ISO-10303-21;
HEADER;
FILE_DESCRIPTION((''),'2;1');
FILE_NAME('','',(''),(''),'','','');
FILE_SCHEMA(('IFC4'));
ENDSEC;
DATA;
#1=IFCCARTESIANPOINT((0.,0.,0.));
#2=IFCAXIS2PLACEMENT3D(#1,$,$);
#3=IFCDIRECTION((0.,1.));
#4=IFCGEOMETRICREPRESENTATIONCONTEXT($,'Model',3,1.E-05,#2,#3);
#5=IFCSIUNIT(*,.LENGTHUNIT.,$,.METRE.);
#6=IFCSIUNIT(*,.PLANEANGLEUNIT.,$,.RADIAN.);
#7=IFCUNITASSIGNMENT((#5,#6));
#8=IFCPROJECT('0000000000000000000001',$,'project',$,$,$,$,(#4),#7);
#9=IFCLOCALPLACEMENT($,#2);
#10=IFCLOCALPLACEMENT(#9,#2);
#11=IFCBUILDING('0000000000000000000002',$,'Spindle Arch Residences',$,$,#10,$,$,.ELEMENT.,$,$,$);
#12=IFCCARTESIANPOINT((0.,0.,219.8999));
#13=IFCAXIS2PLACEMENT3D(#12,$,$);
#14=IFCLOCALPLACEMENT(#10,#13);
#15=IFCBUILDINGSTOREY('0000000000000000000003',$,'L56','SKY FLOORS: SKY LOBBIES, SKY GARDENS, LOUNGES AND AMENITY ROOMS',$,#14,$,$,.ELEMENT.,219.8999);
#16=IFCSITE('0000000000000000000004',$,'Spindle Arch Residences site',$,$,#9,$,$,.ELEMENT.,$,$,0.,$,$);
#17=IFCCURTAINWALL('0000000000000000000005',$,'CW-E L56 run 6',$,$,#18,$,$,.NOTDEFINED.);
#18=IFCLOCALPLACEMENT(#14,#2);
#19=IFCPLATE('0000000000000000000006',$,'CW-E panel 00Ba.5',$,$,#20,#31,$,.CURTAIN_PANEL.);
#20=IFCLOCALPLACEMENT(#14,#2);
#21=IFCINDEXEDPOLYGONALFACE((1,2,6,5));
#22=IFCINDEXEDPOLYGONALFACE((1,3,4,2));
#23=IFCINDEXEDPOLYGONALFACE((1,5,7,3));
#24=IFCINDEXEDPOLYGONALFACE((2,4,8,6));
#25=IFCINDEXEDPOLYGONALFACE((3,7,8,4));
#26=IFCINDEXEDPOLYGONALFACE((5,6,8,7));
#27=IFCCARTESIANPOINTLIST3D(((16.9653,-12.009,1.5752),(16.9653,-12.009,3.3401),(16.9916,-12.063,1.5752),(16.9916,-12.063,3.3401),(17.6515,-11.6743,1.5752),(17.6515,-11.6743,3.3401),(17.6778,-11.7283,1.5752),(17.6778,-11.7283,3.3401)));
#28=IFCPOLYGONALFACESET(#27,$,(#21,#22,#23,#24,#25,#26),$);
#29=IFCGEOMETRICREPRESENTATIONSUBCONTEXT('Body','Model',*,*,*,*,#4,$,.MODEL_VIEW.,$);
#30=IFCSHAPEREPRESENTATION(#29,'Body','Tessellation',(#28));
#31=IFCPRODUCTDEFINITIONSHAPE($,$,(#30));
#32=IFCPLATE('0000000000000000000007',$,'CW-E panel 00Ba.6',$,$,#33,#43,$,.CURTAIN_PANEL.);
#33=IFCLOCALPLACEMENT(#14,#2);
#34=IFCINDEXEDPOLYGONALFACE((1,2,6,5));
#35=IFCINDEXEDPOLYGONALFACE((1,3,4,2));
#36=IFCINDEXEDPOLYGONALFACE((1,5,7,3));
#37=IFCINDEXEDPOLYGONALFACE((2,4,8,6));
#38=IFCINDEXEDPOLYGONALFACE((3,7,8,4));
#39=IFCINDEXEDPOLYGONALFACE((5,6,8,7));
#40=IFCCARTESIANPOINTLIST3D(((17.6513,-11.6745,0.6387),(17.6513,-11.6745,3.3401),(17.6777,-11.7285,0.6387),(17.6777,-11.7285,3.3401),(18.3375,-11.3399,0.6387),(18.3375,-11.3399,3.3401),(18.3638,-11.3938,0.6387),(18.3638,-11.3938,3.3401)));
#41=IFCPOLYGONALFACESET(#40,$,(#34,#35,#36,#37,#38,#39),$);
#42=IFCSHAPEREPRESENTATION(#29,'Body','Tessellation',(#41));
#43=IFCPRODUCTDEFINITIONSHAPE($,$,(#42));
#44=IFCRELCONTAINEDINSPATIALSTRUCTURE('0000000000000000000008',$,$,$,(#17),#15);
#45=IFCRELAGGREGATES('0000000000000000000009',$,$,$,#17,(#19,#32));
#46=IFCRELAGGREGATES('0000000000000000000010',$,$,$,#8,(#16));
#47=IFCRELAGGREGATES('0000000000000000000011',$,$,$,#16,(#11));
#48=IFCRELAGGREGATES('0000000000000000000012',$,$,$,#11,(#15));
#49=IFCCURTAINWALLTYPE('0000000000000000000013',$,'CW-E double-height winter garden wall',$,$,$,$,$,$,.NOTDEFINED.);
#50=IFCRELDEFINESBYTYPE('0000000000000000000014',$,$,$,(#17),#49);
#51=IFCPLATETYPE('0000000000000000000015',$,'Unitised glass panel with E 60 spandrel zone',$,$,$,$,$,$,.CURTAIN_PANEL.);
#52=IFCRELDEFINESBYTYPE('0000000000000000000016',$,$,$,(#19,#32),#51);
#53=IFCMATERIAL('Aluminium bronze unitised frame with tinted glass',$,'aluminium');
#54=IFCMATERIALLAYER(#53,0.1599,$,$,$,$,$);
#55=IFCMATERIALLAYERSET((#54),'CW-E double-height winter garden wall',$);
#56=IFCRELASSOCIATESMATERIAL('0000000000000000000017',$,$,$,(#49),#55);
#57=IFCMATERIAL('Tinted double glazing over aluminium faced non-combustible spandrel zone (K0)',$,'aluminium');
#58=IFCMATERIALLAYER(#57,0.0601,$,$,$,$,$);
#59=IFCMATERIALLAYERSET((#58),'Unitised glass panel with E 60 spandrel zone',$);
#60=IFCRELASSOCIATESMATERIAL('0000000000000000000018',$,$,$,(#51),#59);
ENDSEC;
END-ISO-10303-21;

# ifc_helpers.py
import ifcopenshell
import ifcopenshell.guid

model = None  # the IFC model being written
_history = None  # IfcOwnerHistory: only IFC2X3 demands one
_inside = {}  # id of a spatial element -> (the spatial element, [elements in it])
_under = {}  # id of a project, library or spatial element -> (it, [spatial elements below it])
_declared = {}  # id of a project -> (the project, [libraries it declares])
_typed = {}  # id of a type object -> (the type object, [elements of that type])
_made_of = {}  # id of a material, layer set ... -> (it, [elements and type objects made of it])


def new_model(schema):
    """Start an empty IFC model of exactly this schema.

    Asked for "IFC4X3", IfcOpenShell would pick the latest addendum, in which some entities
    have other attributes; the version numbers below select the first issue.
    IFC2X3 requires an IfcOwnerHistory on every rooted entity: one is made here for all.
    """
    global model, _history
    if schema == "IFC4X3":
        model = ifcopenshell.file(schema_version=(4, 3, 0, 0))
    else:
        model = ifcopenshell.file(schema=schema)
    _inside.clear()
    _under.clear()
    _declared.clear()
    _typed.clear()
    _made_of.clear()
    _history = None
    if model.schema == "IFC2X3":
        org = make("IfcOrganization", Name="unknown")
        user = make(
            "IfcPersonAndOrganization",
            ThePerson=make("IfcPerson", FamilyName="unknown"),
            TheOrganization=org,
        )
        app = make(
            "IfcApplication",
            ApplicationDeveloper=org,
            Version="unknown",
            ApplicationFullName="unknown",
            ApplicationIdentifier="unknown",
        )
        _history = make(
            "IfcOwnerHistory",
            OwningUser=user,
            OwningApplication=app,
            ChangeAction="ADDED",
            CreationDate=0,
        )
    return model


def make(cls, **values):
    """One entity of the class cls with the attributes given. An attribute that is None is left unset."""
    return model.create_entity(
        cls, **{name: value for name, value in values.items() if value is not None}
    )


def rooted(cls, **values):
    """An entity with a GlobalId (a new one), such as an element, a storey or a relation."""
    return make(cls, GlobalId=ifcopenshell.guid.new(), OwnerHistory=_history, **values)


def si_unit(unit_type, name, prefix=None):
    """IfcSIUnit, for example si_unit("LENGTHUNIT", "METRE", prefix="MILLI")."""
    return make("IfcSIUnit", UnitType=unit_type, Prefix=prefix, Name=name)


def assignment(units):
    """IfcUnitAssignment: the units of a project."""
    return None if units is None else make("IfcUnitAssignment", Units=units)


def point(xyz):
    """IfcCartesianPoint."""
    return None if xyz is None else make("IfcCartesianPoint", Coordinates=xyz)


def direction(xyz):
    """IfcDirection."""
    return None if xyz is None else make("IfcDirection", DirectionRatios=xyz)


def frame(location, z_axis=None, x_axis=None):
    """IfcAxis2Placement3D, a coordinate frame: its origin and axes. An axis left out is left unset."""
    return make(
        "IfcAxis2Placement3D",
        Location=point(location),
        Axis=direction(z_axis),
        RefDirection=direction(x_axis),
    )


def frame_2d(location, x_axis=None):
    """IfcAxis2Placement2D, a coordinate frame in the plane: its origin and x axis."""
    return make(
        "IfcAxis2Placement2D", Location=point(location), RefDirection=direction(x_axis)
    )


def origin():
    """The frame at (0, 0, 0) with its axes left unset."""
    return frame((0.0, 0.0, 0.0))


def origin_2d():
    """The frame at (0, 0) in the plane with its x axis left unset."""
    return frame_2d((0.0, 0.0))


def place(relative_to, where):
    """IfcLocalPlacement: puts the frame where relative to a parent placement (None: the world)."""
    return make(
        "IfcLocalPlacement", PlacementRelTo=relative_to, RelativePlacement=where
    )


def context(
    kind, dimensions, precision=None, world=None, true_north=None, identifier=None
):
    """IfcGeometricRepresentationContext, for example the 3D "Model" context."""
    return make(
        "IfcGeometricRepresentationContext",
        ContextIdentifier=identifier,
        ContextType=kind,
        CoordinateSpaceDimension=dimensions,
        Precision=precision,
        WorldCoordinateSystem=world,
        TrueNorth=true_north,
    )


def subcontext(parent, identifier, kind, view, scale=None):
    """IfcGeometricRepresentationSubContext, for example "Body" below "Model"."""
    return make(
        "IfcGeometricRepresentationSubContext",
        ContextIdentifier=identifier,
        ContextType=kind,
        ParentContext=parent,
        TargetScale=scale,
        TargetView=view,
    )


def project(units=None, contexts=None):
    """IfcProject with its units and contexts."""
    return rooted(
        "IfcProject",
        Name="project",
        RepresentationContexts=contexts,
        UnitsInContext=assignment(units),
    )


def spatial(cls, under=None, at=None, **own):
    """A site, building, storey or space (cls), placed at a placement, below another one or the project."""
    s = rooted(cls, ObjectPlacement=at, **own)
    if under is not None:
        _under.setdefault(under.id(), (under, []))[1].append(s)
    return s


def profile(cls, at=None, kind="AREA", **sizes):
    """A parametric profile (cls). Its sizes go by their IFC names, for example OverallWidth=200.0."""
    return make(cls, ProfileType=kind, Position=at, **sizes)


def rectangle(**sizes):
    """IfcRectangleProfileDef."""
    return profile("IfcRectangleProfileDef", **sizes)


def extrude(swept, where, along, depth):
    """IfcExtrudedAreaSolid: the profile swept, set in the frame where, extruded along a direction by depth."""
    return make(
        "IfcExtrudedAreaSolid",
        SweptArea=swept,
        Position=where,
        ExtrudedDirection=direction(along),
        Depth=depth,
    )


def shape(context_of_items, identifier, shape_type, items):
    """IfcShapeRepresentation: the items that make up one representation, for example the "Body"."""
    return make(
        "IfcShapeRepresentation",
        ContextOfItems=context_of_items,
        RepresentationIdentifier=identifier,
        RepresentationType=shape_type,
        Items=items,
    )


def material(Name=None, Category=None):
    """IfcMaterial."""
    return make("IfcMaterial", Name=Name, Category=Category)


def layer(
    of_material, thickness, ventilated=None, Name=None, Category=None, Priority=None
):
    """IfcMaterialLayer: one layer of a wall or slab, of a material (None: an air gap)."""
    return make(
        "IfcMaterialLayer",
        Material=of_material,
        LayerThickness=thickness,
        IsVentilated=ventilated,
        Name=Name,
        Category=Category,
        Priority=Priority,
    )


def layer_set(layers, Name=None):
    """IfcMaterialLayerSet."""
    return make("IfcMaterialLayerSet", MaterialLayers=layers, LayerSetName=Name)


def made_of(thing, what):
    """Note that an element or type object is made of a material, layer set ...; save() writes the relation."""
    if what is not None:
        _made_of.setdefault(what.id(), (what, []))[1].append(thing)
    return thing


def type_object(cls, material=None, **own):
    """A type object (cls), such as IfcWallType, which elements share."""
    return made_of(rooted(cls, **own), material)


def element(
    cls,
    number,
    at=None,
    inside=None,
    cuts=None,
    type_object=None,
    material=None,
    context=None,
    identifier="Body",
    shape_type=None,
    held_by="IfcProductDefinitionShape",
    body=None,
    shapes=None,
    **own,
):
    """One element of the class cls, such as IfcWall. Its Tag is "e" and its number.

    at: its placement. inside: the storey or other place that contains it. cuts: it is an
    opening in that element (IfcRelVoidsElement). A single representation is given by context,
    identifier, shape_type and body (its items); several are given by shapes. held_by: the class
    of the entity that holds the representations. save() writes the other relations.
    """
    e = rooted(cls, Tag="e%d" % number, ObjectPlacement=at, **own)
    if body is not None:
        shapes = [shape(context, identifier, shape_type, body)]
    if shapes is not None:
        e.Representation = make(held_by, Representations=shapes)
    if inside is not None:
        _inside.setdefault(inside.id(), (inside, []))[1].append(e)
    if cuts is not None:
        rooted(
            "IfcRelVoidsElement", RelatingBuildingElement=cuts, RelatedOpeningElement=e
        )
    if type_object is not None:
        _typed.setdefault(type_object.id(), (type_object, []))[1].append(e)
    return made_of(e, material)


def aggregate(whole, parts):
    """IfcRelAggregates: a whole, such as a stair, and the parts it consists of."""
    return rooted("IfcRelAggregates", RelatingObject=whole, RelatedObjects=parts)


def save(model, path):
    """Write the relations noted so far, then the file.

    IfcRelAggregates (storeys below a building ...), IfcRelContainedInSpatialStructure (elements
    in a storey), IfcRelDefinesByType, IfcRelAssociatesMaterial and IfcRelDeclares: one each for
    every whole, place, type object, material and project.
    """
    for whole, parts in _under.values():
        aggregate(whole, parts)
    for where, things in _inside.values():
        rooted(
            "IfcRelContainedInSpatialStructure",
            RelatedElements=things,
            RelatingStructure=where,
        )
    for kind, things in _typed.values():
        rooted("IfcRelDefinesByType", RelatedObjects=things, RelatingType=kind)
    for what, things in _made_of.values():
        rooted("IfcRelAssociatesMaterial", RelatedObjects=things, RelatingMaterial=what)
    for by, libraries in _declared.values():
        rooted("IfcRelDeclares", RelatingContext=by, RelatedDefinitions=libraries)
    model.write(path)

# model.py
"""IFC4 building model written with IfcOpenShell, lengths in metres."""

from ifc_helpers import new_model, si_unit, direction, frame, origin, origin_2d, place, context, subcontext, project, spatial, rectangle, extrude, material, layer, layer_set, type_object, element, aggregate, save


model = new_model("IFC4")

# Units and contexts
model_context = context("Model", 3, precision=1e-05, world=origin(), true_north=direction((0.0, 1.0)))
body_context = subcontext(model_context, "Body", "Model", "MODEL_VIEW")
ifc_project = project(units=[si_unit("LENGTHUNIT", "METRE"), si_unit("PLANEANGLEUNIT", "RADIAN")], contexts=[model_context])

# Site, building, storey
site_placement = place(None, origin())
site = spatial("IfcSite", under=ifc_project, at=site_placement, Name="Spindle Arch Residences site", CompositionType="ELEMENT", RefElevation=0.0)
building_placement = place(site_placement, origin())
building = spatial("IfcBuilding", under=site, at=building_placement, Name="Spindle Arch Residences", CompositionType="ELEMENT")
storey_placement = place(building_placement, frame((0.0, 0.0, 219.8999)))
storey = spatial("IfcBuildingStorey", under=building, at=storey_placement, Name="L56", Description="SKY FLOORS: SKY LOBBIES, SKY GARDENS, LOUNGES AND AMENITY ROOMS", CompositionType="ELEMENT", Elevation=219.8999)

# Shared definitions
ifc_material_1 = material(Name="Aluminium bronze unitised frame with tinted glass", Category="aluminium")
ifc_layer_1 = layer(ifc_material_1, 0.1599)
ifc_layer_set_1 = layer_set([ifc_layer_1], Name="CW-E double-height winter garden wall")
curtain_wall_type = type_object("IfcCurtainWallType", Name="CW-E double-height winter garden wall", PredefinedType="NOTDEFINED", material=ifc_layer_set_1)

# Curtain wall, plates
curtain_wall_1_placement = place(storey_placement, origin())
curtain_wall_1 = element("IfcCurtainWall", 1, at=curtain_wall_1_placement, inside=storey, type_object=curtain_wall_type, Name="CW-E L56 run 6", PredefinedType="NOTDEFINED")
ifc_material_2 = material(Name="Tinted double glazing over aluminium faced non-combustible spandrel zone (K0)", Category="aluminium")
ifc_layer_2 = layer(ifc_material_2, 0.0601)
ifc_layer_set_2 = layer_set([ifc_layer_2], Name="Unitised glass panel with E 60 spandrel zone")
plate_type_1 = type_object("IfcPlateType", Name="Unitised glass panel with E 60 spandrel zone", PredefinedType="CURTAIN_PANEL", material=ifc_layer_set_2)
plate_1_placement = place(storey_placement, frame((17.3215, -11.8687, 1.5752), z_axis=(0.0, 0.0, 1.0), x_axis=(0.898794, 0.438371, 0.0)))
plate_1 = element("IfcPlate", 2, at=plate_1_placement, type_object=plate_type_1, Name="CW-E panel 00Ba.5", PredefinedType="CURTAIN_PANEL", context=body_context, shape_type="SweptSolid", body=[
    extrude(rectangle(XDim=0.7634, YDim=0.0601, at=origin_2d()), origin(), (0.0, 0.0, 1.0), 1.7649),
])
plate_2_placement = place(storey_placement, frame((18.0076, -11.5342, 0.6387), z_axis=(0.0, 0.0, 1.0), x_axis=(0.898794, 0.438371, 0.0)))
plate_2 = element("IfcPlate", 3, at=plate_2_placement, type_object=plate_type_1, Name="CW-E panel 00Ba.6", PredefinedType="CURTAIN_PANEL", context=body_context, shape_type="SweptSolid", body=[
    extrude(rectangle(XDim=0.7634, YDim=0.0601, at=origin_2d()), origin(), (0.0, 0.0, 1.0), 2.7014),
])
aggregate(curtain_wall_1, [plate_1, plate_2])

save(model, "model.ifc")
